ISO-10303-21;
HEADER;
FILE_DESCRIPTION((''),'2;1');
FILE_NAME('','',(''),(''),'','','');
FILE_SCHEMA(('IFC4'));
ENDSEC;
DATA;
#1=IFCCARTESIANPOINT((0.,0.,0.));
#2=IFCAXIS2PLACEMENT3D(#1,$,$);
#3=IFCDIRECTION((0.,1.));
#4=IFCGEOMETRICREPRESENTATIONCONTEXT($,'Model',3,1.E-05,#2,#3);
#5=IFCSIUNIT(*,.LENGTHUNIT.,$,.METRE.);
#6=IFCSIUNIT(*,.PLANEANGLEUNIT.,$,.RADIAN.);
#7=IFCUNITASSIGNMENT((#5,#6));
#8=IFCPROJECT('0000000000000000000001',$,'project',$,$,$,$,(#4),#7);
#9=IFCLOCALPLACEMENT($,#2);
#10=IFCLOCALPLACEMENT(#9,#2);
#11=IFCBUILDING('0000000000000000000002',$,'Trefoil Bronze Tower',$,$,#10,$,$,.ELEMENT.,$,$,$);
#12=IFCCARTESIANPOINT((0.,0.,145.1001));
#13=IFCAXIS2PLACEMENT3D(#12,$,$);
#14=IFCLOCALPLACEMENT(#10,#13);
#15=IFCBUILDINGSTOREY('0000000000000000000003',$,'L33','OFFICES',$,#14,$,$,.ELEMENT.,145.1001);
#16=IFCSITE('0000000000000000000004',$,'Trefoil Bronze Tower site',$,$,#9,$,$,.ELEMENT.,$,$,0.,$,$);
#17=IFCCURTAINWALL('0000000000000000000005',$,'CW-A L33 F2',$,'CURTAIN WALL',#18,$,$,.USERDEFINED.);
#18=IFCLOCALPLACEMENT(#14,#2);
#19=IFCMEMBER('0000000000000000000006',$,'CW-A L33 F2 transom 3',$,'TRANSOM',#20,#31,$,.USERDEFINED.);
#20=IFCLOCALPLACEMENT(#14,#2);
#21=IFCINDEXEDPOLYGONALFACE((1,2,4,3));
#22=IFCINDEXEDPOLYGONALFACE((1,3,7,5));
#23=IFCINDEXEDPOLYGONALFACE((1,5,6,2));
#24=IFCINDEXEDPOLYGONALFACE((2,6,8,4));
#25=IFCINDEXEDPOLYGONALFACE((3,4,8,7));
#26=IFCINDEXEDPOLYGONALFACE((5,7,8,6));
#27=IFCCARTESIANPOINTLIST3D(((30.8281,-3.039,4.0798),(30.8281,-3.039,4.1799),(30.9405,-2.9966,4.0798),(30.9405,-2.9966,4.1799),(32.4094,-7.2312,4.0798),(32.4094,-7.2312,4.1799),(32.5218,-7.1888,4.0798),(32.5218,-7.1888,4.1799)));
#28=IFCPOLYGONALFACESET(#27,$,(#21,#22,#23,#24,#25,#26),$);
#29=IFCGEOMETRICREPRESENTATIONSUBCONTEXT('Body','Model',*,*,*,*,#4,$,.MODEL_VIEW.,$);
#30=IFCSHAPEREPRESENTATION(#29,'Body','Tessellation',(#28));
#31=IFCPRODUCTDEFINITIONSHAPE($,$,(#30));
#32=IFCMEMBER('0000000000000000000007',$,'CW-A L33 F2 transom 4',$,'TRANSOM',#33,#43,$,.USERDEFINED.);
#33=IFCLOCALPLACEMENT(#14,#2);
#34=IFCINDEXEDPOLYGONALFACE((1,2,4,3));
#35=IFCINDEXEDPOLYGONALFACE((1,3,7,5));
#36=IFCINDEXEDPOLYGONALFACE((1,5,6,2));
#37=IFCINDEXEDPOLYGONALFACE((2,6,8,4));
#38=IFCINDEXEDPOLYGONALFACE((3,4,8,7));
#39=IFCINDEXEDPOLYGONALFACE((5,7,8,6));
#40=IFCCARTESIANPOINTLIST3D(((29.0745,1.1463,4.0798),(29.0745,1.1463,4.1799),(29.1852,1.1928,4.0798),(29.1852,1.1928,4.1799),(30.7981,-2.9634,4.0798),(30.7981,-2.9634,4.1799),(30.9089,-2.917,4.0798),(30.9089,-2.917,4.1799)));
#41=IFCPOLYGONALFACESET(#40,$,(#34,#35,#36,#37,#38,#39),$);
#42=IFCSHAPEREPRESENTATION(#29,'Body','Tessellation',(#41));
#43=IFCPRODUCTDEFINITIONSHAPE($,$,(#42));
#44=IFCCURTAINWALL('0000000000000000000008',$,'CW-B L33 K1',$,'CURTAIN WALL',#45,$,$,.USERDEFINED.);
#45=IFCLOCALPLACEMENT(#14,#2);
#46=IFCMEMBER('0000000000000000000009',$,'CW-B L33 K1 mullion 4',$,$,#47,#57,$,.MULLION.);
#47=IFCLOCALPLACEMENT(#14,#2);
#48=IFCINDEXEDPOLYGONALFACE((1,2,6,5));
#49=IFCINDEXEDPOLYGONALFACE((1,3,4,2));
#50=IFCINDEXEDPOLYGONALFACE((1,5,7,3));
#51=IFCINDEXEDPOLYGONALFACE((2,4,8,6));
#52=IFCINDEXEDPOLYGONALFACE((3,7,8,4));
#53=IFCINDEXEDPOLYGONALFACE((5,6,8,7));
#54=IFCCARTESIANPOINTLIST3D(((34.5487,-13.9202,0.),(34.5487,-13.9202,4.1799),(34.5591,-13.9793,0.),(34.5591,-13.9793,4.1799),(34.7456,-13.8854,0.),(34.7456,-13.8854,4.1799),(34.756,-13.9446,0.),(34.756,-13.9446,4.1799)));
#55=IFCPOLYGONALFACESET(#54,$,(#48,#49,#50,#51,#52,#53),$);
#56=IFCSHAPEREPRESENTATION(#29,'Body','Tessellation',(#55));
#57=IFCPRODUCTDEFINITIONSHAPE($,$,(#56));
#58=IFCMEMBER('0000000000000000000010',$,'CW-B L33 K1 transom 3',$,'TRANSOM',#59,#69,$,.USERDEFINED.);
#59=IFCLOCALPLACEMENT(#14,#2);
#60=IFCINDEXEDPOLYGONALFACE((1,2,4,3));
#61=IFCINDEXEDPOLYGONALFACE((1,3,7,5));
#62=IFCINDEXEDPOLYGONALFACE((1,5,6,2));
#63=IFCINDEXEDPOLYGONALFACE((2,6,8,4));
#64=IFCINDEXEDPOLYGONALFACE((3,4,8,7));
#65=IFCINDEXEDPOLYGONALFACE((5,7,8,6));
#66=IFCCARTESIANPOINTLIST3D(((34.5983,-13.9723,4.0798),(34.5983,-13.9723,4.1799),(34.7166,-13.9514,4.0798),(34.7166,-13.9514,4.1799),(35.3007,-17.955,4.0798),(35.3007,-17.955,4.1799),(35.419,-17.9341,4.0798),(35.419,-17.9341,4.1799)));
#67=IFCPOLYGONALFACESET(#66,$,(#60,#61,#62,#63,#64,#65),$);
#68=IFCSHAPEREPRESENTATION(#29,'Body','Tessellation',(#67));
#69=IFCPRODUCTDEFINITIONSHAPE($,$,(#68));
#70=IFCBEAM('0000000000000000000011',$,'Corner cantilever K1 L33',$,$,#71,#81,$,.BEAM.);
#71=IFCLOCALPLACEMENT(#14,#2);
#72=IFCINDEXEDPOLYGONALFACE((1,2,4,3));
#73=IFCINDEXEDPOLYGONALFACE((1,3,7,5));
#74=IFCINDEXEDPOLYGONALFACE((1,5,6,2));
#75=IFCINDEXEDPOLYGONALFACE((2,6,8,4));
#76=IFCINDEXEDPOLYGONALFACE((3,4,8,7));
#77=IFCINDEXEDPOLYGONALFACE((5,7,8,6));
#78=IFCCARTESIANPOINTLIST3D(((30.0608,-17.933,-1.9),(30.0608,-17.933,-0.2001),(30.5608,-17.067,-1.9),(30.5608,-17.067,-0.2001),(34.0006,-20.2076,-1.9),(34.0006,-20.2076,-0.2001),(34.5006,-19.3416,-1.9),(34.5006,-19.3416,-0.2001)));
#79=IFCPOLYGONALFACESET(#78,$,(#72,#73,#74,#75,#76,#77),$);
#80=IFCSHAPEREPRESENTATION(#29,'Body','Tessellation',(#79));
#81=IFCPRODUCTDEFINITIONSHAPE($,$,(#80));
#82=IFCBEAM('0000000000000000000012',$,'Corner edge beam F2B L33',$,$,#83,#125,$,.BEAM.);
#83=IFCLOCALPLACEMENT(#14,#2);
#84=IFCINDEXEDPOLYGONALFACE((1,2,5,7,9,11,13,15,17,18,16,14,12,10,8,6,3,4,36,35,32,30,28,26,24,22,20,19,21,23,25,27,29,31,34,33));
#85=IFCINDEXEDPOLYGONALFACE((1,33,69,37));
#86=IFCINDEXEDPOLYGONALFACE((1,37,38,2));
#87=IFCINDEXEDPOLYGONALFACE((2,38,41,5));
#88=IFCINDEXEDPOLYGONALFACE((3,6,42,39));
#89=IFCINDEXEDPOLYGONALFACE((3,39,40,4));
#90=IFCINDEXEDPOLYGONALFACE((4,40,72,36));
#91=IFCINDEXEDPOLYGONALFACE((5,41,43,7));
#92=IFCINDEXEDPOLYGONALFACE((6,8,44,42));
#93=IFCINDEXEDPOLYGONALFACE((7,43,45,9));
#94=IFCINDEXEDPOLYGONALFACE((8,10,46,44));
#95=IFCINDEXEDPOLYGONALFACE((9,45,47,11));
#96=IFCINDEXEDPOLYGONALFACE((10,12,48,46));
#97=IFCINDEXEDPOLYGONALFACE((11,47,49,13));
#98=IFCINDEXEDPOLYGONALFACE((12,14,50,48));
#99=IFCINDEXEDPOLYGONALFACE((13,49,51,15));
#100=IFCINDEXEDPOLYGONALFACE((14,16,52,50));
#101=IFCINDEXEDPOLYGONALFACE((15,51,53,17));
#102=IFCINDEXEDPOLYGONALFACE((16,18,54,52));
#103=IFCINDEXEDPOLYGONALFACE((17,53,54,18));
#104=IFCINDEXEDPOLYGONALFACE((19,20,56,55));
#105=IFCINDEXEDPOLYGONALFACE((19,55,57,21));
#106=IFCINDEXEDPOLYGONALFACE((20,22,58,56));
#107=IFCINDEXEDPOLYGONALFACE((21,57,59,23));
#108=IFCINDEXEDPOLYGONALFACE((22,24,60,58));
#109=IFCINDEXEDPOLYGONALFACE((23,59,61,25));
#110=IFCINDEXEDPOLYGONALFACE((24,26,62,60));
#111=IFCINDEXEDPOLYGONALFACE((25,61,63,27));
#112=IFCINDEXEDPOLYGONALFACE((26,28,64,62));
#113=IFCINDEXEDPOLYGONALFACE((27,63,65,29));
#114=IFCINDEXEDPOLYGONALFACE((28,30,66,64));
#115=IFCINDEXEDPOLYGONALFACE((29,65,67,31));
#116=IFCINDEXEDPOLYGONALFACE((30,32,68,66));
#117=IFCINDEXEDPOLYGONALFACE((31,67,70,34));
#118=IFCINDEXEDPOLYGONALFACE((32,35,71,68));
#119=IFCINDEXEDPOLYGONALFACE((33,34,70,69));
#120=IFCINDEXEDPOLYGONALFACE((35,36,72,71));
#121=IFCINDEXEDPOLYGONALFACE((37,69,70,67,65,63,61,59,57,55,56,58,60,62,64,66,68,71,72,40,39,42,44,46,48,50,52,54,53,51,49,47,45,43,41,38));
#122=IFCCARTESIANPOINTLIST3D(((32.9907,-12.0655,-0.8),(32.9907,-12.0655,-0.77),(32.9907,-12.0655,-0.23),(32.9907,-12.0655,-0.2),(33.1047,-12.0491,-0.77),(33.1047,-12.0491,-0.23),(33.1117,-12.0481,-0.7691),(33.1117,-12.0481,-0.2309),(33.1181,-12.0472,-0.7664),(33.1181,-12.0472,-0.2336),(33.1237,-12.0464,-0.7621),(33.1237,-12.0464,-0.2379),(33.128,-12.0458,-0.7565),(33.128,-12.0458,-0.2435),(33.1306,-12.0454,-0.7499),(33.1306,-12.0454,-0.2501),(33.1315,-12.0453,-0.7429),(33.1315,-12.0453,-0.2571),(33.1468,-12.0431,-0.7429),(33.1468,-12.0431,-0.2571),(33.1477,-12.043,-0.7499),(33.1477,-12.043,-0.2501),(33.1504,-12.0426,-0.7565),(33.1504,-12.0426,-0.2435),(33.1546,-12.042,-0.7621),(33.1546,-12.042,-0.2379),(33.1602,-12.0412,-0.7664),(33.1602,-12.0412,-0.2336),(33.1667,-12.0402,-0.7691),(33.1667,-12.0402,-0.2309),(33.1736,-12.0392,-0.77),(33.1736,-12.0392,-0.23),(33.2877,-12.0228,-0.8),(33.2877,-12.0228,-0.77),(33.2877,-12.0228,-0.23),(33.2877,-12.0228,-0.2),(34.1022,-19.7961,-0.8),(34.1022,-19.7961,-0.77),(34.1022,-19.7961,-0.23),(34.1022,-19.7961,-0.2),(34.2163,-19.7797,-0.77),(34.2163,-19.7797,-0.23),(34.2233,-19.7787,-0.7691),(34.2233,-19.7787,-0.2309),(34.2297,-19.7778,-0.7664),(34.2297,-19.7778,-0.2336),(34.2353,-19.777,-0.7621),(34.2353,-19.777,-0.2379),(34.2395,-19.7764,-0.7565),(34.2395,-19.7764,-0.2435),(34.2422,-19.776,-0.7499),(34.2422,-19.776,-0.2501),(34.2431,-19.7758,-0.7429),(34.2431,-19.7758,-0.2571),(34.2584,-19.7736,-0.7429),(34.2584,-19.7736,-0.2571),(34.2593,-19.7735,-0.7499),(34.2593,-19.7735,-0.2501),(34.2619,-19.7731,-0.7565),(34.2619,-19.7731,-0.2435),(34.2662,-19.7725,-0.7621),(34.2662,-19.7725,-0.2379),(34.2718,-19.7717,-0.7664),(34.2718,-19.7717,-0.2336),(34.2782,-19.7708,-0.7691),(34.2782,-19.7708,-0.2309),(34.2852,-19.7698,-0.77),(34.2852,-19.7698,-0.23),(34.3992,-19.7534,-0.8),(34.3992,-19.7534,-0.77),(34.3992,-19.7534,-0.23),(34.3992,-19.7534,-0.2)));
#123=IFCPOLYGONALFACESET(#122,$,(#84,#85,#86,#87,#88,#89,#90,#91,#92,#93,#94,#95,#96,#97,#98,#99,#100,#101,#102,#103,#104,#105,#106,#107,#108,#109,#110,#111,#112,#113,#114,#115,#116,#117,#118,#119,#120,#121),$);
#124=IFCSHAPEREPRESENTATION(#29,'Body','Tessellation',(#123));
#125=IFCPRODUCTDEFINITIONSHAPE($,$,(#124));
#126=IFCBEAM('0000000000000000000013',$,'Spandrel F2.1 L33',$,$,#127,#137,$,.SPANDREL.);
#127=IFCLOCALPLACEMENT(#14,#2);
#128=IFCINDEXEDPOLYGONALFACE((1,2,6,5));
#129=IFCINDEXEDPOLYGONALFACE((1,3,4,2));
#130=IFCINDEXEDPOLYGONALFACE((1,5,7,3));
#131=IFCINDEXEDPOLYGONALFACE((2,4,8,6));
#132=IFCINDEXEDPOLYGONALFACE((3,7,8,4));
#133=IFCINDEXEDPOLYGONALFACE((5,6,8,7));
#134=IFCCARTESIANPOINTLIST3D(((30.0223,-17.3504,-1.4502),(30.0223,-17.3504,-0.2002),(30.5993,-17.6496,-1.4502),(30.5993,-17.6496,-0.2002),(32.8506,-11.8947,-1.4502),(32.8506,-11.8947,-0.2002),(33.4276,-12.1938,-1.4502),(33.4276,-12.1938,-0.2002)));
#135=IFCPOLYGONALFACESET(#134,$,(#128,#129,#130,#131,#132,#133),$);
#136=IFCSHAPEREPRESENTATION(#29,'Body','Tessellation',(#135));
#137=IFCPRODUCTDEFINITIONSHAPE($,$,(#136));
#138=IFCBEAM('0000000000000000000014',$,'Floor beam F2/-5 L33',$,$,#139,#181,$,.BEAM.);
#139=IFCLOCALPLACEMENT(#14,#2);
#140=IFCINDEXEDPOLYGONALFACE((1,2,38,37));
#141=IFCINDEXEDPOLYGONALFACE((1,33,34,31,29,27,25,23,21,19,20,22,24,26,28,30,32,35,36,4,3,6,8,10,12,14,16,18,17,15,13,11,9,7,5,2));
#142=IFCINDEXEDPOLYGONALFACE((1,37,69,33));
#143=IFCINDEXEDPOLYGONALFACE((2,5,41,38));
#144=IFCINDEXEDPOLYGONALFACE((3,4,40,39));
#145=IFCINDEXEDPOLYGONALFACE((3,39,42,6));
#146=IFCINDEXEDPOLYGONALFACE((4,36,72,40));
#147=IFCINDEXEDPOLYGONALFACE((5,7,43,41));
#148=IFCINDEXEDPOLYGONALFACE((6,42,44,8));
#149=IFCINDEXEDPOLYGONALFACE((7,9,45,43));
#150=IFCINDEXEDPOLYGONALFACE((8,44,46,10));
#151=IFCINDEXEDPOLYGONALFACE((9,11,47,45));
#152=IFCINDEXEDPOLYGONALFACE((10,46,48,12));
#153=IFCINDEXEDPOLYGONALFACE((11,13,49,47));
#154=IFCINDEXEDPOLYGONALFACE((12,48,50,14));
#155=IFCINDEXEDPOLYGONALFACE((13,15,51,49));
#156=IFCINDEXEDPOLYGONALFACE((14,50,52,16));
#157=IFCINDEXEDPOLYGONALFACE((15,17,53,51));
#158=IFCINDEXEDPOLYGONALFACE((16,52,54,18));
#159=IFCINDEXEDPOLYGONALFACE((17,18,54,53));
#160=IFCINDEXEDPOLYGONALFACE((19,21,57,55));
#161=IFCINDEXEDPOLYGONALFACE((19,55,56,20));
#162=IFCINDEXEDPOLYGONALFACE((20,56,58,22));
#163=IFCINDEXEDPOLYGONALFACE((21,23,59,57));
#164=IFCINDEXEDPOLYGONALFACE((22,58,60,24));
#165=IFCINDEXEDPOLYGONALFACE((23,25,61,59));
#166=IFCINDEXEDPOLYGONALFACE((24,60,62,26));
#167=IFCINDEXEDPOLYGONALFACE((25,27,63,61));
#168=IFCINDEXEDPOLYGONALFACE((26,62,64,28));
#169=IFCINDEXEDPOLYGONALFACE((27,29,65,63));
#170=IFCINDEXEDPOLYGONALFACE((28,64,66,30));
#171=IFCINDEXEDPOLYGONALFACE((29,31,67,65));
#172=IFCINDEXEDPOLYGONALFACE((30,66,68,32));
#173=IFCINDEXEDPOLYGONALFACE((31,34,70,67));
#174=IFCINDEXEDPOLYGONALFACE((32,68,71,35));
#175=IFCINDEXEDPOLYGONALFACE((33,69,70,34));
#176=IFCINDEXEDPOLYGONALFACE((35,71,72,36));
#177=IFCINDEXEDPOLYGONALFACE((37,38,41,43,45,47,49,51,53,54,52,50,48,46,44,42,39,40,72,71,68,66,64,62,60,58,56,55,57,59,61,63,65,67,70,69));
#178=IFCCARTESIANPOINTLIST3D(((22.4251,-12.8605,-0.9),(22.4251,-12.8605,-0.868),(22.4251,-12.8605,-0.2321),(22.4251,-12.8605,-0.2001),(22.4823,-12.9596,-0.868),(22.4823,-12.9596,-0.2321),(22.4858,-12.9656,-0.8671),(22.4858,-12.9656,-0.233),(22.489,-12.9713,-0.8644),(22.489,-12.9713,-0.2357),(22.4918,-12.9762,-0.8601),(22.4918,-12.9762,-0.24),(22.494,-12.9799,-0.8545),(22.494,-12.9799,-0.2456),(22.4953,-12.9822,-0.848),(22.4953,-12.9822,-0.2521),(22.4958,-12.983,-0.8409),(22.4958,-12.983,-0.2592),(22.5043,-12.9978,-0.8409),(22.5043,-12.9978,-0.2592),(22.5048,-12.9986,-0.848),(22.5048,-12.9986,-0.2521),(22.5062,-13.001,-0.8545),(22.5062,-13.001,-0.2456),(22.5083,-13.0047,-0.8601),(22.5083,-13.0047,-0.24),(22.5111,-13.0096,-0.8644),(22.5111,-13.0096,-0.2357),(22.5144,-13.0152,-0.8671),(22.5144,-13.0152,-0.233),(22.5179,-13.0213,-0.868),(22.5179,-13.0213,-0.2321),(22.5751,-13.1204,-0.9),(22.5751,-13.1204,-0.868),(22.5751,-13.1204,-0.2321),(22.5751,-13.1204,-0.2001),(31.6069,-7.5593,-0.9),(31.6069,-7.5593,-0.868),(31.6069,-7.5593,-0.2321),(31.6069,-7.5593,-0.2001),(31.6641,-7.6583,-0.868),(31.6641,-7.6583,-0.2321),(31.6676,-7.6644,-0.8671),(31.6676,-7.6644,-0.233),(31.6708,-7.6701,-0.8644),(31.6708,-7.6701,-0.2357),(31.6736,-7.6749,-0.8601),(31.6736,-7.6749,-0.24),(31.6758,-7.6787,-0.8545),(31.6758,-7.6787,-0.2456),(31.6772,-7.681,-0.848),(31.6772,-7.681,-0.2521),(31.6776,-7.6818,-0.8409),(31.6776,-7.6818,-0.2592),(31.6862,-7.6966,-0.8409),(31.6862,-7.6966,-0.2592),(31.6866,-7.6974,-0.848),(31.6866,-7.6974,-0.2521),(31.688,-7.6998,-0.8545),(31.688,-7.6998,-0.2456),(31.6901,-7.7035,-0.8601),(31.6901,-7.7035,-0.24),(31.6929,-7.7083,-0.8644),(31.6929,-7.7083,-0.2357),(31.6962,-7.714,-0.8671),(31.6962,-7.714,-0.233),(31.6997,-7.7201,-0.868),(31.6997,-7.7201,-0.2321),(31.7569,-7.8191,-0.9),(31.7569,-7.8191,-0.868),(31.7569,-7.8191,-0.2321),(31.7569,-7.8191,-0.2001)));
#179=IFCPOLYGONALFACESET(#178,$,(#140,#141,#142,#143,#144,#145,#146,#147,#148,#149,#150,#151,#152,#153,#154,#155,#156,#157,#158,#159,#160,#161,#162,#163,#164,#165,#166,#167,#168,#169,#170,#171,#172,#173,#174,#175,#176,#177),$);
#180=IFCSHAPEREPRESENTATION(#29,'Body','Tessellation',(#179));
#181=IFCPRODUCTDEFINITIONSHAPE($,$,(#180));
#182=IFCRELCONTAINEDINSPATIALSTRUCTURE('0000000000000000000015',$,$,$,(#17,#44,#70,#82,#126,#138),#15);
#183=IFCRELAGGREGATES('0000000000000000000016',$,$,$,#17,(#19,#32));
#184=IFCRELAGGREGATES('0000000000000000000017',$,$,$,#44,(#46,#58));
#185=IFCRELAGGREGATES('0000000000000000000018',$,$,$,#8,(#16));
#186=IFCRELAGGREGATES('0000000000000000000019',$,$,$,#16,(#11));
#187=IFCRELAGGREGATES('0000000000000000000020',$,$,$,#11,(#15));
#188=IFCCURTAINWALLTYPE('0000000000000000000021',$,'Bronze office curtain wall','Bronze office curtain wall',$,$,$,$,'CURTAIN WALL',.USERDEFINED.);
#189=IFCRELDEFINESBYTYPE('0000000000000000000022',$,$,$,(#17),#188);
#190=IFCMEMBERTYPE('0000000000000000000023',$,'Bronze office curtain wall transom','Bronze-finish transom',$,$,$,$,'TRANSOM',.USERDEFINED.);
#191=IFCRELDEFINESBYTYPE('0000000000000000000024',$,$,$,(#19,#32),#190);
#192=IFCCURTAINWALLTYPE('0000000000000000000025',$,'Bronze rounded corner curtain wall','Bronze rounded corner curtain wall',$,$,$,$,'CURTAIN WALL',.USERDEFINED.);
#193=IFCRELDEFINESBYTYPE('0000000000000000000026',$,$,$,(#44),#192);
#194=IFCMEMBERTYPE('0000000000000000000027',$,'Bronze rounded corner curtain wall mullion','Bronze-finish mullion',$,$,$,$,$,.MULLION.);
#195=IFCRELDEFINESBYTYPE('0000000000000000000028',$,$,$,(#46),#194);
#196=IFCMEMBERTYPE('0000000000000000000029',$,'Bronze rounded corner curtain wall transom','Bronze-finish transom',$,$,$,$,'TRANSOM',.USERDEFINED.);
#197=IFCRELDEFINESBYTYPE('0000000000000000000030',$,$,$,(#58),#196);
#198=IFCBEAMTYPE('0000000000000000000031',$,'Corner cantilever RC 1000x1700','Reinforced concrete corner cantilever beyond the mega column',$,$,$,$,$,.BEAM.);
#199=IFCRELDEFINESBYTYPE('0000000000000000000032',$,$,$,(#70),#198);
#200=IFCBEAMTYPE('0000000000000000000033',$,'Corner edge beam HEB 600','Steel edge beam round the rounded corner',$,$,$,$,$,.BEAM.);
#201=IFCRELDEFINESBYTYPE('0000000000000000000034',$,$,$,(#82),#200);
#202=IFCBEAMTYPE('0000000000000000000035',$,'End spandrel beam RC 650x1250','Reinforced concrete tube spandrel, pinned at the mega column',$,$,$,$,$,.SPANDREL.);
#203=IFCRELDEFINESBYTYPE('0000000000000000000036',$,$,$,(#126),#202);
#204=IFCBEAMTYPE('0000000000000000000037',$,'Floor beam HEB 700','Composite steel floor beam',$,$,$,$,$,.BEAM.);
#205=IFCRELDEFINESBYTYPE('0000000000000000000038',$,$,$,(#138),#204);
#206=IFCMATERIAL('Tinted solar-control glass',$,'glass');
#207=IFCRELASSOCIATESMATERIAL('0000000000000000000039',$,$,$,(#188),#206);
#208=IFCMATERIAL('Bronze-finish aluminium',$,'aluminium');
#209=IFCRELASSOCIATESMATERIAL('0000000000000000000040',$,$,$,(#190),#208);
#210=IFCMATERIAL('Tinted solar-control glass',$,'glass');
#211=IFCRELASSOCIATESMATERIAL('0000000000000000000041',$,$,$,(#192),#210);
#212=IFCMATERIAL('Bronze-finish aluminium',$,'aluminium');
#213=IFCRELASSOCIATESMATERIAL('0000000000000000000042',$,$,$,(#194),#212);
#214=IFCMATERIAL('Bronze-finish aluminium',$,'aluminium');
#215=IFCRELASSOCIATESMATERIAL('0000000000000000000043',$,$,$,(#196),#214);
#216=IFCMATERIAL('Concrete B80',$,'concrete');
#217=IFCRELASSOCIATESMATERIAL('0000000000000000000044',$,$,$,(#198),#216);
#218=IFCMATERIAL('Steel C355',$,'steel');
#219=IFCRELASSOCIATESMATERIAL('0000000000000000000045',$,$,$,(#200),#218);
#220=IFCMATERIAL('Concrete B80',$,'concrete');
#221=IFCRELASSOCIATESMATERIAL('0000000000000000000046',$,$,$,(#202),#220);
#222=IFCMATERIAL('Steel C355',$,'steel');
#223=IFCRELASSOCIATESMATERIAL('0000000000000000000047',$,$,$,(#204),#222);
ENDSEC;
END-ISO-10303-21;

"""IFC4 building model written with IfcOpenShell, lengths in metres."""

from ifc_helpers import new_model, si_unit, direction, frame, origin, origin_2d, place, context, subcontext, project, spatial, rectangle, i_section, extrude, material, material_profile, profile_set, type_object, element, aggregate, save


model = new_model("IFC4")

# Units and contexts
model_context = context("Model", 3, precision=1e-05, world=origin(), true_north=direction((0.0, 1.0)))
body_context = subcontext(model_context, "Body", "Model", "MODEL_VIEW")
ifc_project = project(units=[si_unit("LENGTHUNIT", "METRE"), si_unit("PLANEANGLEUNIT", "RADIAN")], contexts=[model_context])

# Site, building, storey
site_placement = place(None, origin())
site = spatial("IfcSite", under=ifc_project, at=site_placement, Name="Trefoil Bronze Tower site", CompositionType="ELEMENT", RefElevation=0.0)
building_placement = place(site_placement, origin())
building = spatial("IfcBuilding", under=site, at=building_placement, Name="Trefoil Bronze Tower", CompositionType="ELEMENT")
storey_placement = place(building_placement, frame((0.0, 0.0, 145.1001)))
storey = spatial("IfcBuildingStorey", under=building, at=storey_placement, Name="L33", Description="OFFICES", CompositionType="ELEMENT", Elevation=145.1001)

# Curtain walls, members
ifc_material_1 = material(Name="Tinted solar-control glass", Category="glass")
curtain_wall_type_1 = type_object("IfcCurtainWallType", Name="Bronze office curtain wall", Description="Bronze office curtain wall", ElementType="CURTAIN WALL", PredefinedType="USERDEFINED", material=ifc_material_1)
curtain_wall_1_placement = place(storey_placement, origin())
curtain_wall_1 = element("IfcCurtainWall", 1, at=curtain_wall_1_placement, inside=storey, type_object=curtain_wall_type_1, Name="CW-A L33 F2", ObjectType="CURTAIN WALL", PredefinedType="USERDEFINED")
ifc_material_2 = material(Name="Bronze-finish aluminium", Category="aluminium")
ifc_material_profile_1 = material_profile(ifc_material_2, rectangle(XDim=0.1201, YDim=0.1001, at=origin_2d()), Name="CW-A transom")
ifc_profile_set_1 = profile_set([ifc_material_profile_1], Name="Bronze-finish aluminium")
member_type_1 = type_object("IfcMemberType", Name="Bronze office curtain wall transom", Description="Bronze-finish transom", ElementType="TRANSOM", PredefinedType="USERDEFINED", material=ifc_profile_set_1)
member_1_placement = place(storey_placement, frame((32.4656, -7.21, 4.1299), z_axis=(-0.352932, 0.935649, 0.0), x_axis=(-0.935649, -0.352932, 0.0)))
member_1 = element("IfcMember", 2, at=member_1_placement, type_object=member_type_1, Name="CW-A L33 F2 transom 3", ObjectType="TRANSOM", PredefinedType="USERDEFINED", context=body_context, shape_type="SweptSolid", body=[
    extrude(rectangle(XDim=0.1201, YDim=0.1001, at=origin_2d()), origin(), (0.0, 0.0, 1.0), 4.4805),
])
member_2_placement = place(storey_placement, frame((30.8535, -2.9402, 4.1299), z_axis=(-0.386773, 0.922175, 0.0), x_axis=(-0.922175, -0.386773, 0.0)))
member_2 = element("IfcMember", 3, at=member_2_placement, type_object=member_type_1, Name="CW-A L33 F2 transom 4", ObjectType="TRANSOM", PredefinedType="USERDEFINED", context=body_context, shape_type="SweptSolid", body=[
    extrude(rectangle(XDim=0.1201, YDim=0.1001, at=origin_2d()), origin(), (0.0, 0.0, 1.0), 4.4565),
])
ifc_material_3 = material(Name="Tinted solar-control glass", Category="glass")
curtain_wall_type_2 = type_object("IfcCurtainWallType", Name="Bronze rounded corner curtain wall", Description="Bronze rounded corner curtain wall", ElementType="CURTAIN WALL", PredefinedType="USERDEFINED", material=ifc_material_3)
curtain_wall_2_placement = place(storey_placement, origin())
curtain_wall_2 = element("IfcCurtainWall", 4, at=curtain_wall_2_placement, inside=storey, type_object=curtain_wall_type_2, Name="CW-B L33 K1", ObjectType="CURTAIN WALL", PredefinedType="USERDEFINED")
ifc_material_4 = material(Name="Bronze-finish aluminium", Category="aluminium")
ifc_material_profile_2 = material_profile(ifc_material_4, rectangle(XDim=0.2, YDim=0.0601, at=origin_2d()), Name="CW-B mullion")
ifc_profile_set_2 = profile_set([ifc_material_profile_2], Name="Bronze-finish aluminium")
member_type_2 = type_object("IfcMemberType", Name="Bronze rounded corner curtain wall mullion", Description="Bronze-finish mullion", PredefinedType="MULLION", material=ifc_profile_set_2)
member_3_placement = place(storey_placement, frame((34.6523, -13.9324, 0.0), z_axis=(0.0, 0.0, 1.0), x_axis=(-0.984808, -0.173648, 0.0)))
member_3 = element("IfcMember", 5, at=member_3_placement, type_object=member_type_2, Name="CW-B L33 K1 mullion 4", PredefinedType="MULLION", context=body_context, shape_type="SweptSolid", body=[
    extrude(rectangle(XDim=0.2, YDim=0.0601, at=origin_2d()), origin(), (0.0, 0.0, 1.0), 4.1799),
])
ifc_material_5 = material(Name="Bronze-finish aluminium", Category="aluminium")
ifc_material_profile_3 = material_profile(ifc_material_5, rectangle(XDim=0.1201, YDim=0.1001, at=origin_2d()), Name="CW-B transom")
ifc_profile_set_3 = profile_set([ifc_material_profile_3], Name="Bronze-finish aluminium")
member_type_3 = type_object("IfcMemberType", Name="Bronze rounded corner curtain wall transom", Description="Bronze-finish transom", ElementType="TRANSOM", PredefinedType="USERDEFINED", material=ifc_profile_set_3)
member_4_placement = place(storey_placement, frame((35.3599, -17.9446, 4.1299), z_axis=(-0.173682, 0.984802, 0.0), x_axis=(-0.984802, -0.173682, 0.0)))
member_4 = element("IfcMember", 6, at=member_4_placement, type_object=member_type_3, Name="CW-B L33 K1 transom 3", ObjectType="TRANSOM", PredefinedType="USERDEFINED", context=body_context, shape_type="SweptSolid", body=[
    extrude(rectangle(XDim=0.1201, YDim=0.1001, at=origin_2d()), origin(), (0.0, 0.0, 1.0), 4.0442),
])

# Beams
ifc_material_6 = material(Name="Concrete B80", Category="concrete")
ifc_material_profile_4 = material_profile(ifc_material_6, rectangle(XDim=1.0, YDim=1.7, at=origin_2d()), Name="RC 1000x1700")
ifc_profile_set_4 = profile_set([ifc_material_profile_4], Name="Concrete B80")
beam_type_1 = type_object("IfcBeamType", Name="Corner cantilever RC 1000x1700", Description="Reinforced concrete corner cantilever beyond the mega column", PredefinedType="BEAM", material=ifc_profile_set_4)
beam_1_placement = place(storey_placement, frame((30.3108, -17.5, -1.05), z_axis=(0.866032, -0.499989, 0.0), x_axis=(0.499989, 0.866032, 0.0)))
element("IfcBeam", 7, at=beam_1_placement, inside=storey, type_object=beam_type_1, Name="Corner cantilever K1 L33", PredefinedType="BEAM", context=body_context, shape_type="SweptSolid", body=[
    extrude(rectangle(XDim=1.0, YDim=1.7, at=origin_2d()), origin(), (0.0, 0.0, 1.0), 4.5493),
])
ifc_material_7 = material(Name="Steel C355", Category="steel")
ifc_material_profile_5 = material_profile(ifc_material_7, i_section(OverallWidth=0.3, OverallDepth=0.6001, WebThickness=0.0154, FlangeThickness=0.03, FilletRadius=0.0271, at=origin_2d()), Name="HEB 600")
ifc_profile_set_5 = profile_set([ifc_material_profile_5], Name="Steel C355")
beam_type_2 = type_object("IfcBeamType", Name="Corner edge beam HEB 600", Description="Steel edge beam round the rounded corner", PredefinedType="BEAM", material=ifc_profile_set_5)
beam_2_placement = place(storey_placement, frame((33.1392, -12.0442, -0.5), z_axis=(0.142327, -0.98982, 0.0), x_axis=(0.98982, 0.142327, 0.0)))
element("IfcBeam", 8, at=beam_2_placement, inside=storey, type_object=beam_type_2, Name="Corner edge beam F2B L33", PredefinedType="BEAM", context=body_context, shape_type="SweptSolid", body=[
    extrude(i_section(OverallWidth=0.3, OverallDepth=0.6001, WebThickness=0.0154, FlangeThickness=0.03, FilletRadius=0.0271, at=origin_2d()), origin(), (0.0, 0.0, 1.0), 7.8101),
])
ifc_material_8 = material(Name="Concrete B80", Category="concrete")
ifc_material_profile_6 = material_profile(ifc_material_8, rectangle(XDim=0.6499, YDim=1.25, at=origin_2d()), Name="RC 650x1250")
ifc_profile_set_6 = profile_set([ifc_material_profile_6], Name="Concrete B80")
beam_type_3 = type_object("IfcBeamType", Name="End spandrel beam RC 650x1250", Description="Reinforced concrete tube spandrel, pinned at the mega column", PredefinedType="SPANDREL", material=ifc_profile_set_6)
beam_3_placement = place(storey_placement, frame((30.3108, -17.5, -0.8252), z_axis=(0.460244, 0.887792, 0.0), x_axis=(-0.887792, 0.460244, 0.0)))
element("IfcBeam", 9, at=beam_3_placement, inside=storey, type_object=beam_type_3, Name="Spandrel F2.1 L33", PredefinedType="SPANDREL", context=body_context, shape_type="SweptSolid", body=[
    extrude(rectangle(XDim=0.6499, YDim=1.25, at=origin_2d()), origin(), (0.0, 0.0, 1.0), 6.1453),
])
ifc_material_9 = material(Name="Steel C355", Category="steel")
ifc_material_profile_7 = material_profile(ifc_material_9, i_section(OverallWidth=0.3, OverallDepth=0.7, WebThickness=0.0171, FlangeThickness=0.032, FilletRadius=0.0271, at=origin_2d()), Name="HEB 700")
ifc_profile_set_7 = profile_set([ifc_material_profile_7], Name="Steel C355")
beam_type_4 = type_object("IfcBeamType", Name="Floor beam HEB 700", Description="Composite steel floor beam", PredefinedType="BEAM", material=ifc_profile_set_7)
beam_4_placement = place(storey_placement, frame((31.6819, -7.6892, -0.55), z_axis=(-0.866021, -0.500007, 0.0), x_axis=(0.500007, -0.866021, 0.0)))
element("IfcBeam", 10, at=beam_4_placement, inside=storey, type_object=beam_type_4, Name="Floor beam F2/-5 L33", PredefinedType="BEAM", context=body_context, shape_type="SweptSolid", body=[
    extrude(i_section(OverallWidth=0.3, OverallDepth=0.7, WebThickness=0.0171, FlangeThickness=0.032, FilletRadius=0.0271, at=origin_2d()), origin(), (0.0, 0.0, 1.0), 10.6023),
])

aggregate(curtain_wall_1, [member_1, member_2])
aggregate(curtain_wall_2, [member_3, member_4])

save(model, "model.ifc")
